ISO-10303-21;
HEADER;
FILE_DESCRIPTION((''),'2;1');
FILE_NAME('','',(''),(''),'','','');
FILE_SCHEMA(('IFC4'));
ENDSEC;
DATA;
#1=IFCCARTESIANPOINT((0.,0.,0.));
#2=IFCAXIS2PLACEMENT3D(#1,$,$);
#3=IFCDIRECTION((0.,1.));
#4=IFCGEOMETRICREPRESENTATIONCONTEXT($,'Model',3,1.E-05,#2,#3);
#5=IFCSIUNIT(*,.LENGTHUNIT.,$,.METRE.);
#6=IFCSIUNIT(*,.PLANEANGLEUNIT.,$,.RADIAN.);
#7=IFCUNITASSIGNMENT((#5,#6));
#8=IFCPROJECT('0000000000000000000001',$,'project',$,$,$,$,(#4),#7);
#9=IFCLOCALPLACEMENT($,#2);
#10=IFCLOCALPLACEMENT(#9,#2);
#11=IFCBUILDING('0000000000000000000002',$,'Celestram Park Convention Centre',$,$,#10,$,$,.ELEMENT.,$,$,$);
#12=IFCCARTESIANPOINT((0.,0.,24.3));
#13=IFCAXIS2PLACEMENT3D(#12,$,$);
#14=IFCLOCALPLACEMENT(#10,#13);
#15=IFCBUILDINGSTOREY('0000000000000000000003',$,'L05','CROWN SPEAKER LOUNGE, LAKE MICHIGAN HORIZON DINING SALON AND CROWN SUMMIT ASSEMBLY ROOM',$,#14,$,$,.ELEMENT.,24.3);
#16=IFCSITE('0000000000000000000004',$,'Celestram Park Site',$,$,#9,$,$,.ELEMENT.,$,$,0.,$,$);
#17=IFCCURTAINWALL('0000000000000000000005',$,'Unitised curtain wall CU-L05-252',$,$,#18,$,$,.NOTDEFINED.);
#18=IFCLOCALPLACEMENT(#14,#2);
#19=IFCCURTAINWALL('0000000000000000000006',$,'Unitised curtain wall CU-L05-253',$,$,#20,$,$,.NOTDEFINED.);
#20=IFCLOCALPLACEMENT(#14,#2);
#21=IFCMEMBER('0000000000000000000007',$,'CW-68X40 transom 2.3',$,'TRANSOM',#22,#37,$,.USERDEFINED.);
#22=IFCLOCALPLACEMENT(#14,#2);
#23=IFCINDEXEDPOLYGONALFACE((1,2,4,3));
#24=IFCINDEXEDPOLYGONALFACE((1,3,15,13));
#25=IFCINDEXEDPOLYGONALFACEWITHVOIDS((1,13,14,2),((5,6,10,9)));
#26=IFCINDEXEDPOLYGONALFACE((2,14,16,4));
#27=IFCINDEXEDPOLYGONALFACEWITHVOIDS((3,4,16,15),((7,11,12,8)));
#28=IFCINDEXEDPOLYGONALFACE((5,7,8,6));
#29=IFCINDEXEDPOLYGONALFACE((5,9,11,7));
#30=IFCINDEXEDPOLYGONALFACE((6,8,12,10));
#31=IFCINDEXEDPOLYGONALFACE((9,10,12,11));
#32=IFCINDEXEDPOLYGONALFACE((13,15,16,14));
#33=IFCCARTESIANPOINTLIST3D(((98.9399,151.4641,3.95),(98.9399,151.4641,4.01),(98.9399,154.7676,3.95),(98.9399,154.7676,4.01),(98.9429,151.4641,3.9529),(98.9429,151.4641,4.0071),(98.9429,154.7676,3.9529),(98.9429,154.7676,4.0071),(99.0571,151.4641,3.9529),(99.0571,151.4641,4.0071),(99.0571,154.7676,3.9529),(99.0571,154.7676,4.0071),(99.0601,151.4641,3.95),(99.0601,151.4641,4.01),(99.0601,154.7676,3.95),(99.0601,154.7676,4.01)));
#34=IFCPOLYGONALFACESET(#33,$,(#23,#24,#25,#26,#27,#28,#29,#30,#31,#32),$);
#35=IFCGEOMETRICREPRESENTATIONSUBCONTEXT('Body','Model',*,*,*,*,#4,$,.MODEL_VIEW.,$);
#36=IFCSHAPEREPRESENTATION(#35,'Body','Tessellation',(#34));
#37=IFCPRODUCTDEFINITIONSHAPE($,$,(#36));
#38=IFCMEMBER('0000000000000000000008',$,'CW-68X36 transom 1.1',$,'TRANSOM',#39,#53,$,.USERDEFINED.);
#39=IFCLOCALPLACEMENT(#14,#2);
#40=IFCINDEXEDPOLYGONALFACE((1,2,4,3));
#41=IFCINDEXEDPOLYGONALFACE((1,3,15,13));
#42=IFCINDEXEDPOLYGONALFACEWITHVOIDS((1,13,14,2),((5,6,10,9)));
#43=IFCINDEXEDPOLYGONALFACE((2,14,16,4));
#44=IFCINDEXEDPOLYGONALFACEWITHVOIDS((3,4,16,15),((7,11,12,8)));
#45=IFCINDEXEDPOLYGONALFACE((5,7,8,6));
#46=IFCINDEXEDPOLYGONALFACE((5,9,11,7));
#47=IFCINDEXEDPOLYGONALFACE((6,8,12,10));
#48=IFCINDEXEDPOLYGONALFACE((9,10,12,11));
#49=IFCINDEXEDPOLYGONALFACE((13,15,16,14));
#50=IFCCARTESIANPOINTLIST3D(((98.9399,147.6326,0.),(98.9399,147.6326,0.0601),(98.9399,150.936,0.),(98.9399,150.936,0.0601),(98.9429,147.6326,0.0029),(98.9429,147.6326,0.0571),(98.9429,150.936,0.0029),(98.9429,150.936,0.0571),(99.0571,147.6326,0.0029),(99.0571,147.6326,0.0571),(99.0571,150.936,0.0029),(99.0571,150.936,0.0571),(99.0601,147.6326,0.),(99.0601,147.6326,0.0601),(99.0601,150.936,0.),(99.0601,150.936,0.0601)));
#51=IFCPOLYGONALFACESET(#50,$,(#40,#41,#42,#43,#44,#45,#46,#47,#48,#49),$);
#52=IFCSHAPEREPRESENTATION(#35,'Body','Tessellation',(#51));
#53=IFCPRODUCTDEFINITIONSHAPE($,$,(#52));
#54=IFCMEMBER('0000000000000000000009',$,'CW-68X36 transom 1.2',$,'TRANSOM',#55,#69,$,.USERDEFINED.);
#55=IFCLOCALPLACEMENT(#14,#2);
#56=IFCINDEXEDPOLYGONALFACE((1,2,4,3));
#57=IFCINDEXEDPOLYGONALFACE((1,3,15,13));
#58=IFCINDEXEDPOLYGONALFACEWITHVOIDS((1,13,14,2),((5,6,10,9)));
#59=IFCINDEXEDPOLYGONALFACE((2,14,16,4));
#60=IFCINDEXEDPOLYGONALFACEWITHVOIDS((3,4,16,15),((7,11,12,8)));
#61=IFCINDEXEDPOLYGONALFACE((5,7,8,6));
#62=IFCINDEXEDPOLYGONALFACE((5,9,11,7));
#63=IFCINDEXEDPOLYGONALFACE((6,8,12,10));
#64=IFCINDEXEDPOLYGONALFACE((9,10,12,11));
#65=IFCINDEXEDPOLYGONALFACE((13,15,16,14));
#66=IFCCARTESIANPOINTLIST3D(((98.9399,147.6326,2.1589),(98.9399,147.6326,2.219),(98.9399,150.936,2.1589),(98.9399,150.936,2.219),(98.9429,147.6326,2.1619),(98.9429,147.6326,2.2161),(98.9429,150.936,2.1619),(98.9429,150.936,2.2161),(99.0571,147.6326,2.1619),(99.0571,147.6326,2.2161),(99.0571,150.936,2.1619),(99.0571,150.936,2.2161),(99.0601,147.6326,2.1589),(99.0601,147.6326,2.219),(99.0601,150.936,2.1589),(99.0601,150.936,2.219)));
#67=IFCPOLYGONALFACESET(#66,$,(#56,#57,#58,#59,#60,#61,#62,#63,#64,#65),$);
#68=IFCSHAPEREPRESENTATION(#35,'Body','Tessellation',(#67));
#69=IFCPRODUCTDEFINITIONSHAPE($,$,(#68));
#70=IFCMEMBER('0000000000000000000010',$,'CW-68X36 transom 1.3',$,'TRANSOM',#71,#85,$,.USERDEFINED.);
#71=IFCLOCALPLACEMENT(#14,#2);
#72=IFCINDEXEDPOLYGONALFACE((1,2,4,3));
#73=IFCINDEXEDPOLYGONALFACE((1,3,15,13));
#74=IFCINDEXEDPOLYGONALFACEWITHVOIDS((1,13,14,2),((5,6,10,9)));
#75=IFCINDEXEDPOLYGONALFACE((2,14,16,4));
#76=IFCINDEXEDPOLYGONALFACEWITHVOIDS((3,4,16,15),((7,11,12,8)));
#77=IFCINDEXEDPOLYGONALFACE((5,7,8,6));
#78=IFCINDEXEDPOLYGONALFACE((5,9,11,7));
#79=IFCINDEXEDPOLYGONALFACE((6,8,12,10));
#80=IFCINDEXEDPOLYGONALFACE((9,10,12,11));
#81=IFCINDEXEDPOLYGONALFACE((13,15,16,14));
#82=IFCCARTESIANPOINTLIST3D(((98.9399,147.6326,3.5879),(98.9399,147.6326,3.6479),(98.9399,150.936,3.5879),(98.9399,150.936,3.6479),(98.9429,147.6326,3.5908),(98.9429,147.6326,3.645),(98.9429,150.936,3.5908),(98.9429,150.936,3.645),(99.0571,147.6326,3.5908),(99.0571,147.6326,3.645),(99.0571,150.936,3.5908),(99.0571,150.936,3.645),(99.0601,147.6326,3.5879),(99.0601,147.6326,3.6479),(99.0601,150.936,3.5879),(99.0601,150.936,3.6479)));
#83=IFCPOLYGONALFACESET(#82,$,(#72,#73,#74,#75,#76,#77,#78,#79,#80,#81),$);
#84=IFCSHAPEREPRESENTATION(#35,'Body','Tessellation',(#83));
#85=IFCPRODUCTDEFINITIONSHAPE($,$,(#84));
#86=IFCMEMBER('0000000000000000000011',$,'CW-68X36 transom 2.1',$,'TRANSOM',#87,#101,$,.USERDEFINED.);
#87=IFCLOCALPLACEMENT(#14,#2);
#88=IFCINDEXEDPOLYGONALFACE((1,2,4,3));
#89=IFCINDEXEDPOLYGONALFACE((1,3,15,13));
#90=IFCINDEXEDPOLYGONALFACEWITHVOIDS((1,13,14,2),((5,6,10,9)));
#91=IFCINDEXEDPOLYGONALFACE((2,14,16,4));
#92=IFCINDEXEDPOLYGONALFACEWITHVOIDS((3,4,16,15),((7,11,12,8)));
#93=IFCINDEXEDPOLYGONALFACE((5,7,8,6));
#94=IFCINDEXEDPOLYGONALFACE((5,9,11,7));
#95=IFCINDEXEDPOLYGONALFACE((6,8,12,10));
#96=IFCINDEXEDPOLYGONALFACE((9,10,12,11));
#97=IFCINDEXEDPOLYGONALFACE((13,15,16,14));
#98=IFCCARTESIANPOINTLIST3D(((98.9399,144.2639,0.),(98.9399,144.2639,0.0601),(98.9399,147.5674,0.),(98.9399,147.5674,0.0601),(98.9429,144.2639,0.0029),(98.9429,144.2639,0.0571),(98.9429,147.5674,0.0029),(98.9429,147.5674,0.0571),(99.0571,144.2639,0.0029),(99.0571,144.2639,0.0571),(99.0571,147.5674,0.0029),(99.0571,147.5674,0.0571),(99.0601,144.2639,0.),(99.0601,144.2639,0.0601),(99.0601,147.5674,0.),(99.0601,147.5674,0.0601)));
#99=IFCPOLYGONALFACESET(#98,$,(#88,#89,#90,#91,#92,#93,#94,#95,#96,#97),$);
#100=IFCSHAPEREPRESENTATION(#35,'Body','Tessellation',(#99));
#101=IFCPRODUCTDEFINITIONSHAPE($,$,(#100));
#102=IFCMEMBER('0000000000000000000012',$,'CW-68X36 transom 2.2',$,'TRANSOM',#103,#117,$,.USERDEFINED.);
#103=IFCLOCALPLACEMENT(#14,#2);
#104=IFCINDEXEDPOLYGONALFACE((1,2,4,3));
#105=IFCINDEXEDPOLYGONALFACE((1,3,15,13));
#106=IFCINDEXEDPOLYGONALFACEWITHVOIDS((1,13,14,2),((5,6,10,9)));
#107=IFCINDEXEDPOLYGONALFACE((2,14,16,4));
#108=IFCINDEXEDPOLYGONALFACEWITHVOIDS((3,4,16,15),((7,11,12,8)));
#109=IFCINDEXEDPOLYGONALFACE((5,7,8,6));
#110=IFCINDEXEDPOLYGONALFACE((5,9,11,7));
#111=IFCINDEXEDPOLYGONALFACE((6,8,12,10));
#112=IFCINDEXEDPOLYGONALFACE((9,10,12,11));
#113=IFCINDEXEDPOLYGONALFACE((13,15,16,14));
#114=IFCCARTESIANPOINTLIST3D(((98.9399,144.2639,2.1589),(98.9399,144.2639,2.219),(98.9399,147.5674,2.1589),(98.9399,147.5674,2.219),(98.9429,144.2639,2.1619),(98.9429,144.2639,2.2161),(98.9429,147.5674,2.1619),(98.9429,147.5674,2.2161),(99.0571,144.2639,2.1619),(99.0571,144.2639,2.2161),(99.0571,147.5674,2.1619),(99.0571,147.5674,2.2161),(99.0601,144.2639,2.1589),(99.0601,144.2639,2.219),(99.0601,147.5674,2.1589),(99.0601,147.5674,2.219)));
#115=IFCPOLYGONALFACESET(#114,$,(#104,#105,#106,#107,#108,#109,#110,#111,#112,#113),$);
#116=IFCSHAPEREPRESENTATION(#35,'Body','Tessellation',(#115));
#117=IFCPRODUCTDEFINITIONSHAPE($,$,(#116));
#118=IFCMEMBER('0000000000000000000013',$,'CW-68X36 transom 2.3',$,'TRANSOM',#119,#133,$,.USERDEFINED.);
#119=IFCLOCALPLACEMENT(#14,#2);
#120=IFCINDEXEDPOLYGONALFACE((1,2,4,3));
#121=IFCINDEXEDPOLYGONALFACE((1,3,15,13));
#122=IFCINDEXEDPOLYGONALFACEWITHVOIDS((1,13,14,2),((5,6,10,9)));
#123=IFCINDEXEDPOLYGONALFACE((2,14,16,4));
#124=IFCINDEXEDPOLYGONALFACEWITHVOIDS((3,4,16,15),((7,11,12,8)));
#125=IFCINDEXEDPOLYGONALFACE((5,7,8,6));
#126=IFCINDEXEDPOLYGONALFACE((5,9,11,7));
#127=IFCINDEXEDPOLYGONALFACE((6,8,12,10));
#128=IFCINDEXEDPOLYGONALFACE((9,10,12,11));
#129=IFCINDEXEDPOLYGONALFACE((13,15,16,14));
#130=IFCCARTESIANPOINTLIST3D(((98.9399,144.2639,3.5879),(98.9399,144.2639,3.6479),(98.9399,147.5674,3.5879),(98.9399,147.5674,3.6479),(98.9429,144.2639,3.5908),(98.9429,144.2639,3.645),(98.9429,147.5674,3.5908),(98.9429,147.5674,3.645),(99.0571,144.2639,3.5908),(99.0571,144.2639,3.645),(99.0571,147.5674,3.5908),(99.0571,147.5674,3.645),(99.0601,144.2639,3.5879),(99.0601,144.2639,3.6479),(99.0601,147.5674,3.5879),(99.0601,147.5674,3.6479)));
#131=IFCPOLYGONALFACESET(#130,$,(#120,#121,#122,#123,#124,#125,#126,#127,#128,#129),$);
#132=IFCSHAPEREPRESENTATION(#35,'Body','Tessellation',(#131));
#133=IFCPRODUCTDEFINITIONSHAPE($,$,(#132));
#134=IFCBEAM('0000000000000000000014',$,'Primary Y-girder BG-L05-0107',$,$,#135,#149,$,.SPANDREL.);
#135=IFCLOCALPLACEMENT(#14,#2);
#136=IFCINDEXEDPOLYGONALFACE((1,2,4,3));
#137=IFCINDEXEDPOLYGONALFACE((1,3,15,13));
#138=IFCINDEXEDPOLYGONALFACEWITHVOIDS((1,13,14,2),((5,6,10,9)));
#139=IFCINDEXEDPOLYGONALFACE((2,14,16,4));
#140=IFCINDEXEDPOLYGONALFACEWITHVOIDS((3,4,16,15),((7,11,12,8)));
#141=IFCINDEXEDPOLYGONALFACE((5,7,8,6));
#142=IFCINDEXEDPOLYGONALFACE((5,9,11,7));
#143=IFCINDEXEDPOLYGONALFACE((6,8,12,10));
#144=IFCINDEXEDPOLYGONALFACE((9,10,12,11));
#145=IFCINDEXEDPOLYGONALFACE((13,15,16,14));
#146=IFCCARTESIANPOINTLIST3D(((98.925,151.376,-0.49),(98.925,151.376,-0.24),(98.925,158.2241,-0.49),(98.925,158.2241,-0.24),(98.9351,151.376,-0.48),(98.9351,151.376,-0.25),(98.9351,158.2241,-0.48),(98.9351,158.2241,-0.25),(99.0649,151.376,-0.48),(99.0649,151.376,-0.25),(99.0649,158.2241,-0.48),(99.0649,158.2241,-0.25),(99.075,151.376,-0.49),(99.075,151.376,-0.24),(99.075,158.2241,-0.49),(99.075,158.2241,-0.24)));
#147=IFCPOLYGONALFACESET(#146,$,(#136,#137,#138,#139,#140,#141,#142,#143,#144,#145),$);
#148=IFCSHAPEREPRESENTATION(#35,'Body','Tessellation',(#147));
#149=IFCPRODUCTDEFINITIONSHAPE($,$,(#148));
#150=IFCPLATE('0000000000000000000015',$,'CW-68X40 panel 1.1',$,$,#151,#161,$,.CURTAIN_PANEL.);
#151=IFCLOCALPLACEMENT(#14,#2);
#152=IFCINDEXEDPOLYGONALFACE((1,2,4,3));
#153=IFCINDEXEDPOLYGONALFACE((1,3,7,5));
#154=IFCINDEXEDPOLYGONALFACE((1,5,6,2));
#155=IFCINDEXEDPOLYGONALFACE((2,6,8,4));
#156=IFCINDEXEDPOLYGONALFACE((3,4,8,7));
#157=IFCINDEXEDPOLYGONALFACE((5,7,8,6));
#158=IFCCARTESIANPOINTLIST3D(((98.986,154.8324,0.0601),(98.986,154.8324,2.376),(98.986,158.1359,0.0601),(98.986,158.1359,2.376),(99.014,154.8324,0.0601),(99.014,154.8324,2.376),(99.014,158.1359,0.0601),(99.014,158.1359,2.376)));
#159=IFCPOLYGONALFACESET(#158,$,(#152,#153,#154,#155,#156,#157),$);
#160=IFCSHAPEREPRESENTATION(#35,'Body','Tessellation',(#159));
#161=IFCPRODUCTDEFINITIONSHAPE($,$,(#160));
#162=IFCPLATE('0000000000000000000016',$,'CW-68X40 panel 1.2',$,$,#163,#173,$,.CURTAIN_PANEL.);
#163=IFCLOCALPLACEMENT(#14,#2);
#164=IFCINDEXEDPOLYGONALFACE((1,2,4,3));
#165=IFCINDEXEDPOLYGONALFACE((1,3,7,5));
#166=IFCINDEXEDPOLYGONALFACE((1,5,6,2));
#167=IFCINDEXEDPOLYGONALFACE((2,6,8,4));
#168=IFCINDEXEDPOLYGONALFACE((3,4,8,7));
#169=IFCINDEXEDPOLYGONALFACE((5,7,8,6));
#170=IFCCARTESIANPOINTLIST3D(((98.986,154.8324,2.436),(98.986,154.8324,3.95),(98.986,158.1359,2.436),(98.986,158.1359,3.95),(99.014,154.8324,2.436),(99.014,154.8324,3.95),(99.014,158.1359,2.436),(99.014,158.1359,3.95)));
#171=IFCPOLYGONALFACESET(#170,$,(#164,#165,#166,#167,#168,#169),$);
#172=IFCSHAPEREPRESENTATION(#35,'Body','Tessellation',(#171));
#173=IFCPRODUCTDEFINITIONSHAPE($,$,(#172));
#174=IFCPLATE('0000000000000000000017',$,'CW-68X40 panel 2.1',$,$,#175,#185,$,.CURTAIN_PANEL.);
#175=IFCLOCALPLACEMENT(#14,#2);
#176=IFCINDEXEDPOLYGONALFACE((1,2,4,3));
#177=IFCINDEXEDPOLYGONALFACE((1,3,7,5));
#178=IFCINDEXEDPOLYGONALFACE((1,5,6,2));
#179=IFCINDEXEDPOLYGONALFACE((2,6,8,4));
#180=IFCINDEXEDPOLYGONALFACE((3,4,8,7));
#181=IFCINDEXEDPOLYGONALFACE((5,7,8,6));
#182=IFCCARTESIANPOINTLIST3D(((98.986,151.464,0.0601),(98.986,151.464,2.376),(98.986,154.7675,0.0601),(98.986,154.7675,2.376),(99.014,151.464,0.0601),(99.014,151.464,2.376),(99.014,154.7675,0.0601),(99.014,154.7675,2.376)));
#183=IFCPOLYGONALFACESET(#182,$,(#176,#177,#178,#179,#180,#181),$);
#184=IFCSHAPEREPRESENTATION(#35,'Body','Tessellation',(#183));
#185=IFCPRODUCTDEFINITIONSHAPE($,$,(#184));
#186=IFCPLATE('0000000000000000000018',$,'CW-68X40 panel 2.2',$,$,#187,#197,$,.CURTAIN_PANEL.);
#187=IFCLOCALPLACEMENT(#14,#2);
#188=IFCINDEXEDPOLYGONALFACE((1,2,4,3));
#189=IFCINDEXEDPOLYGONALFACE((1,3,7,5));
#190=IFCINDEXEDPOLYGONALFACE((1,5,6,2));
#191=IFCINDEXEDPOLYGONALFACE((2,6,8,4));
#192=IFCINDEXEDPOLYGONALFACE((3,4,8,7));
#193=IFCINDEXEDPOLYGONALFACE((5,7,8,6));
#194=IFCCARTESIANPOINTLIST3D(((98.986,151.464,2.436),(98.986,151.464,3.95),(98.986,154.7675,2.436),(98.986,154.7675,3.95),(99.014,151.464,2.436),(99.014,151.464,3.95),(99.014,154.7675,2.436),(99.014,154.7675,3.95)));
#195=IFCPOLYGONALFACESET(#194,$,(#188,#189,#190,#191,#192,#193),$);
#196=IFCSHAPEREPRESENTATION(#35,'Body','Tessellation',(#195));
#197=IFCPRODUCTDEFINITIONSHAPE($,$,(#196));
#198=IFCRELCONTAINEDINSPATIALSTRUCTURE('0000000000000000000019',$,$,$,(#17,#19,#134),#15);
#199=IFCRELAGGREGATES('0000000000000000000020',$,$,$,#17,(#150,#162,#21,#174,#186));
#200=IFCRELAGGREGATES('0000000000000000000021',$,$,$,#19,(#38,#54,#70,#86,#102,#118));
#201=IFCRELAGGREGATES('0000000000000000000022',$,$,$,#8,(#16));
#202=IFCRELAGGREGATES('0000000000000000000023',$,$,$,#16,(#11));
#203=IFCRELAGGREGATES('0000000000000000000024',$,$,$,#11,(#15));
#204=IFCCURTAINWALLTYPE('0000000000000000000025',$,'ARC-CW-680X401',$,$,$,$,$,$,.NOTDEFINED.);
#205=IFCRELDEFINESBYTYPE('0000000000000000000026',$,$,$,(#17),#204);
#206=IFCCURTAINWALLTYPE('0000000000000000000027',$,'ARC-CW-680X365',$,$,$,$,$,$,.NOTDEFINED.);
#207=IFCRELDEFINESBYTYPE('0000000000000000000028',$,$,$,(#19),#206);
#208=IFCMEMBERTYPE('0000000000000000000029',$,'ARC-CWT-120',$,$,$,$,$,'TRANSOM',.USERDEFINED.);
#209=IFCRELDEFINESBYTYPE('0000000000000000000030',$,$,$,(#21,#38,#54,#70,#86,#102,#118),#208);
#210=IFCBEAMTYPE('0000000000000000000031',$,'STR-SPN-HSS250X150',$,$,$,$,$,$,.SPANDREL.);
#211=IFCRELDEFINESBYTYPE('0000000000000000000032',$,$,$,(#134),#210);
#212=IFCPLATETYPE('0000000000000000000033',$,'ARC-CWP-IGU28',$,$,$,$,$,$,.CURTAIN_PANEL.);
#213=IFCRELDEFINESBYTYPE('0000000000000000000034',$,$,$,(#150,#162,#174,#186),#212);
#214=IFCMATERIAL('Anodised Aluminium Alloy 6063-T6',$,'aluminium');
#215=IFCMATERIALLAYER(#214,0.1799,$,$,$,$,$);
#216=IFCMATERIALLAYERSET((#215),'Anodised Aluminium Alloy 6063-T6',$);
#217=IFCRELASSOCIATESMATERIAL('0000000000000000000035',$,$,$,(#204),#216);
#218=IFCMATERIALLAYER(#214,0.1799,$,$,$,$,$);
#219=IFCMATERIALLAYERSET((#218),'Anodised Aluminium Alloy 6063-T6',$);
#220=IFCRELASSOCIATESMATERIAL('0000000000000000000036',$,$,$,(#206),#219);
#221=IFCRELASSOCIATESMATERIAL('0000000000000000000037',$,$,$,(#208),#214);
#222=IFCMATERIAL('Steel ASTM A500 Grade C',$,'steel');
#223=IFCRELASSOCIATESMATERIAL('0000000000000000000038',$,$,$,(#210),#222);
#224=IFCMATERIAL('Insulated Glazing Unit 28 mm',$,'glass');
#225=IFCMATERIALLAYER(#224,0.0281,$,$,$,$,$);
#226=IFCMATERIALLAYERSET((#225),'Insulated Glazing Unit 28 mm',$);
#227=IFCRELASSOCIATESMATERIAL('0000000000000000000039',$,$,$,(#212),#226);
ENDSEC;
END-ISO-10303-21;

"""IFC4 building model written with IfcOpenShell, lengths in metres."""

from ifc_helpers import new_model, si_unit, direction, frame, origin, origin_2d, place, context, subcontext, project, spatial, rectangle, hollow_rectangle, extrude, material, layer, layer_set, material_profile, profile_set, type_object, element, aggregate, save


model = new_model("IFC4")

# Units and contexts
model_context = context("Model", 3, precision=1e-05, world=origin(), true_north=direction((0.0, 1.0)))
body_context = subcontext(model_context, "Body", "Model", "MODEL_VIEW")
ifc_project = project(units=[si_unit("LENGTHUNIT", "METRE"), si_unit("PLANEANGLEUNIT", "RADIAN")], contexts=[model_context])

# Site, building, storey
site_placement = place(None, origin())
site = spatial("IfcSite", under=ifc_project, at=site_placement, Name="Celestram Park Site", CompositionType="ELEMENT", RefElevation=0.0)
building_placement = place(site_placement, origin())
building = spatial("IfcBuilding", under=site, at=building_placement, Name="Celestram Park Convention Centre", CompositionType="ELEMENT")
storey_placement = place(building_placement, frame((0.0, 0.0, 24.3)))
storey = spatial("IfcBuildingStorey", under=building, at=storey_placement, Name="L05", Description="CROWN SPEAKER LOUNGE, LAKE MICHIGAN HORIZON DINING SALON AND CROWN SUMMIT ASSEMBLY ROOM", CompositionType="ELEMENT", Elevation=24.3)

# Shared definitions
ifc_material_1 = material(Name="Steel ASTM A500 Grade C", Category="steel")

# Curtain walls
ifc_material_2 = material(Name="Anodised Aluminium Alloy 6063-T6", Category="aluminium")
ifc_layer_1 = layer(ifc_material_2, 0.1799)
ifc_layer_set_1 = layer_set([ifc_layer_1], Name="Anodised Aluminium Alloy 6063-T6")
curtain_wall_type_1 = type_object("IfcCurtainWallType", Name="ARC-CW-680X401", PredefinedType="NOTDEFINED", material=ifc_layer_set_1)
curtain_wall_1_placement = place(storey_placement, origin())
curtain_wall_1 = element("IfcCurtainWall", 1, at=curtain_wall_1_placement, inside=storey, type_object=curtain_wall_type_1, Name="Unitised curtain wall CU-L05-252", PredefinedType="NOTDEFINED")
ifc_layer_2 = layer(ifc_material_2, 0.1799)
ifc_layer_set_2 = layer_set([ifc_layer_2], Name="Anodised Aluminium Alloy 6063-T6")
curtain_wall_type_2 = type_object("IfcCurtainWallType", Name="ARC-CW-680X365", PredefinedType="NOTDEFINED", material=ifc_layer_set_2)
curtain_wall_2_placement = place(storey_placement, origin())
curtain_wall_2 = element("IfcCurtainWall", 2, at=curtain_wall_2_placement, inside=storey, type_object=curtain_wall_type_2, Name="Unitised curtain wall CU-L05-253", PredefinedType="NOTDEFINED")

# Members
ifc_material_profile_1 = material_profile(ifc_material_2, hollow_rectangle(XDim=0.1201, YDim=0.0601, WallThickness=0.0029, at=origin_2d()), Name="ALU120X60X3")
ifc_profile_set_1 = profile_set([ifc_material_profile_1], Name="Anodised Aluminium Alloy 6063-T6")
member_type_1 = type_object("IfcMemberType", Name="ARC-CWT-120", ElementType="TRANSOM", PredefinedType="USERDEFINED", material=ifc_profile_set_1)
member_1_placement = place(storey_placement, frame((99.0, 154.7676, 3.98), z_axis=(0.0, -1.0, 0.0), x_axis=(1.0, 0.0, 0.0)))
member_1 = element("IfcMember", 3, at=member_1_placement, type_object=member_type_1, Name="CW-68X40 transom 2.3", ObjectType="TRANSOM", PredefinedType="USERDEFINED", context=body_context, shape_type="SweptSolid", body=[
    extrude(hollow_rectangle(XDim=0.1201, YDim=0.0601, WallThickness=0.0029, at=origin_2d()), origin(), (0.0, 0.0, 1.0), 3.3035),
])
member_2_placement = place(storey_placement, frame((99.0, 150.936, 0.03), z_axis=(0.0, -1.0, 0.0), x_axis=(1.0, 0.0, 0.0)))
member_2 = element("IfcMember", 4, at=member_2_placement, type_object=member_type_1, Name="CW-68X36 transom 1.1", ObjectType="TRANSOM", PredefinedType="USERDEFINED", context=body_context, shape_type="SweptSolid", body=[
    extrude(hollow_rectangle(XDim=0.1201, YDim=0.0601, WallThickness=0.0029, at=origin_2d()), origin(), (0.0, 0.0, 1.0), 3.3035),
])
member_3_placement = place(storey_placement, frame((99.0, 150.936, 2.189), z_axis=(0.0, -1.0, 0.0), x_axis=(1.0, 0.0, 0.0)))
member_3 = element("IfcMember", 5, at=member_3_placement, type_object=member_type_1, Name="CW-68X36 transom 1.2", ObjectType="TRANSOM", PredefinedType="USERDEFINED", context=body_context, shape_type="SweptSolid", body=[
    extrude(hollow_rectangle(XDim=0.1201, YDim=0.0601, WallThickness=0.0029, at=origin_2d()), origin(), (0.0, 0.0, 1.0), 3.3035),
])
member_4_placement = place(storey_placement, frame((99.0, 150.936, 3.6179), z_axis=(0.0, -1.0, 0.0), x_axis=(1.0, 0.0, 0.0)))
member_4 = element("IfcMember", 6, at=member_4_placement, type_object=member_type_1, Name="CW-68X36 transom 1.3", ObjectType="TRANSOM", PredefinedType="USERDEFINED", context=body_context, shape_type="SweptSolid", body=[
    extrude(hollow_rectangle(XDim=0.1201, YDim=0.0601, WallThickness=0.0029, at=origin_2d()), origin(), (0.0, 0.0, 1.0), 3.3035),
])
member_5_placement = place(storey_placement, frame((99.0, 147.5674, 0.03), z_axis=(0.0, -1.0, 0.0), x_axis=(1.0, 0.0, 0.0)))
member_5 = element("IfcMember", 7, at=member_5_placement, type_object=member_type_1, Name="CW-68X36 transom 2.1", ObjectType="TRANSOM", PredefinedType="USERDEFINED", context=body_context, shape_type="SweptSolid", body=[
    extrude(hollow_rectangle(XDim=0.1201, YDim=0.0601, WallThickness=0.0029, at=origin_2d()), origin(), (0.0, 0.0, 1.0), 3.3035),
])
member_6_placement = place(storey_placement, frame((99.0, 147.5674, 2.189), z_axis=(0.0, -1.0, 0.0), x_axis=(1.0, 0.0, 0.0)))
member_6 = element("IfcMember", 8, at=member_6_placement, type_object=member_type_1, Name="CW-68X36 transom 2.2", ObjectType="TRANSOM", PredefinedType="USERDEFINED", context=body_context, shape_type="SweptSolid", body=[
    extrude(hollow_rectangle(XDim=0.1201, YDim=0.0601, WallThickness=0.0029, at=origin_2d()), origin(), (0.0, 0.0, 1.0), 3.3035),
])
member_7_placement = place(storey_placement, frame((99.0, 147.5674, 3.6179), z_axis=(0.0, -1.0, 0.0), x_axis=(1.0, 0.0, 0.0)))
member_7 = element("IfcMember", 9, at=member_7_placement, type_object=member_type_1, Name="CW-68X36 transom 2.3", ObjectType="TRANSOM", PredefinedType="USERDEFINED", context=body_context, shape_type="SweptSolid", body=[
    extrude(hollow_rectangle(XDim=0.1201, YDim=0.0601, WallThickness=0.0029, at=origin_2d()), origin(), (0.0, 0.0, 1.0), 3.3035),
])

# Beam
ifc_material_profile_2 = material_profile(ifc_material_1, hollow_rectangle(XDim=0.1499, YDim=0.25, WallThickness=0.01, at=origin_2d()), Name="HSS250X150X10")
ifc_profile_set_2 = profile_set([ifc_material_profile_2], Name="Steel ASTM A500 Grade C")
beam_type = type_object("IfcBeamType", Name="STR-SPN-HSS250X150", PredefinedType="SPANDREL", material=ifc_profile_set_2)
beam_placement = place(storey_placement, frame((99.0, 151.376, -0.365), z_axis=(0.0, 1.0, 0.0), x_axis=(-1.0, 0.0, 0.0)))
element("IfcBeam", 10, at=beam_placement, inside=storey, type_object=beam_type, Name="Primary Y-girder BG-L05-0107", PredefinedType="SPANDREL", context=body_context, shape_type="SweptSolid", body=[
    extrude(hollow_rectangle(XDim=0.1499, YDim=0.25, WallThickness=0.01, at=origin_2d()), origin(), (0.0, 0.0, 1.0), 6.8481),
])

# Plates
ifc_material_3 = material(Name="Insulated Glazing Unit 28 mm", Category="glass")
ifc_layer_3 = layer(ifc_material_3, 0.0281)
ifc_layer_set_3 = layer_set([ifc_layer_3], Name="Insulated Glazing Unit 28 mm")
plate_type_1 = type_object("IfcPlateType", Name="ARC-CWP-IGU28", PredefinedType="CURTAIN_PANEL", material=ifc_layer_set_3)
plate_1_placement = place(storey_placement, frame((99.0, 156.4841, 0.0601), z_axis=(0.0, 0.0, 1.0), x_axis=(0.0, -1.0, 0.0)))
plate_1 = element("IfcPlate", 11, at=plate_1_placement, type_object=plate_type_1, Name="CW-68X40 panel 1.1", PredefinedType="CURTAIN_PANEL", context=body_context, shape_type="SweptSolid", body=[
    extrude(rectangle(XDim=3.3035, YDim=0.0281, at=origin_2d()), origin(), (0.0, 0.0, 1.0), 2.3159),
])
plate_2_placement = place(storey_placement, frame((99.0, 156.4841, 2.436), z_axis=(0.0, 0.0, 1.0), x_axis=(0.0, -1.0, 0.0)))
plate_2 = element("IfcPlate", 12, at=plate_2_placement, type_object=plate_type_1, Name="CW-68X40 panel 1.2", PredefinedType="CURTAIN_PANEL", context=body_context, shape_type="SweptSolid", body=[
    extrude(rectangle(XDim=3.3035, YDim=0.0281, at=origin_2d()), origin(), (0.0, 0.0, 1.0), 1.5139),
])
plate_3_placement = place(storey_placement, frame((99.0, 153.1157, 0.0601), z_axis=(0.0, 0.0, 1.0), x_axis=(0.0, -1.0, 0.0)))
plate_3 = element("IfcPlate", 13, at=plate_3_placement, type_object=plate_type_1, Name="CW-68X40 panel 2.1", PredefinedType="CURTAIN_PANEL", context=body_context, shape_type="SweptSolid", body=[
    extrude(rectangle(XDim=3.3035, YDim=0.0281, at=origin_2d()), origin(), (0.0, 0.0, 1.0), 2.3159),
])
plate_4_placement = place(storey_placement, frame((99.0, 153.1157, 2.436), z_axis=(0.0, 0.0, 1.0), x_axis=(0.0, -1.0, 0.0)))
plate_4 = element("IfcPlate", 14, at=plate_4_placement, type_object=plate_type_1, Name="CW-68X40 panel 2.2", PredefinedType="CURTAIN_PANEL", context=body_context, shape_type="SweptSolid", body=[
    extrude(rectangle(XDim=3.3035, YDim=0.0281, at=origin_2d()), origin(), (0.0, 0.0, 1.0), 1.5139),
])
aggregate(curtain_wall_1, [plate_1, plate_2, member_1, plate_3, plate_4])
aggregate(curtain_wall_2, [member_2, member_3, member_4, member_5, member_6, member_7])

save(model, "model.ifc")
